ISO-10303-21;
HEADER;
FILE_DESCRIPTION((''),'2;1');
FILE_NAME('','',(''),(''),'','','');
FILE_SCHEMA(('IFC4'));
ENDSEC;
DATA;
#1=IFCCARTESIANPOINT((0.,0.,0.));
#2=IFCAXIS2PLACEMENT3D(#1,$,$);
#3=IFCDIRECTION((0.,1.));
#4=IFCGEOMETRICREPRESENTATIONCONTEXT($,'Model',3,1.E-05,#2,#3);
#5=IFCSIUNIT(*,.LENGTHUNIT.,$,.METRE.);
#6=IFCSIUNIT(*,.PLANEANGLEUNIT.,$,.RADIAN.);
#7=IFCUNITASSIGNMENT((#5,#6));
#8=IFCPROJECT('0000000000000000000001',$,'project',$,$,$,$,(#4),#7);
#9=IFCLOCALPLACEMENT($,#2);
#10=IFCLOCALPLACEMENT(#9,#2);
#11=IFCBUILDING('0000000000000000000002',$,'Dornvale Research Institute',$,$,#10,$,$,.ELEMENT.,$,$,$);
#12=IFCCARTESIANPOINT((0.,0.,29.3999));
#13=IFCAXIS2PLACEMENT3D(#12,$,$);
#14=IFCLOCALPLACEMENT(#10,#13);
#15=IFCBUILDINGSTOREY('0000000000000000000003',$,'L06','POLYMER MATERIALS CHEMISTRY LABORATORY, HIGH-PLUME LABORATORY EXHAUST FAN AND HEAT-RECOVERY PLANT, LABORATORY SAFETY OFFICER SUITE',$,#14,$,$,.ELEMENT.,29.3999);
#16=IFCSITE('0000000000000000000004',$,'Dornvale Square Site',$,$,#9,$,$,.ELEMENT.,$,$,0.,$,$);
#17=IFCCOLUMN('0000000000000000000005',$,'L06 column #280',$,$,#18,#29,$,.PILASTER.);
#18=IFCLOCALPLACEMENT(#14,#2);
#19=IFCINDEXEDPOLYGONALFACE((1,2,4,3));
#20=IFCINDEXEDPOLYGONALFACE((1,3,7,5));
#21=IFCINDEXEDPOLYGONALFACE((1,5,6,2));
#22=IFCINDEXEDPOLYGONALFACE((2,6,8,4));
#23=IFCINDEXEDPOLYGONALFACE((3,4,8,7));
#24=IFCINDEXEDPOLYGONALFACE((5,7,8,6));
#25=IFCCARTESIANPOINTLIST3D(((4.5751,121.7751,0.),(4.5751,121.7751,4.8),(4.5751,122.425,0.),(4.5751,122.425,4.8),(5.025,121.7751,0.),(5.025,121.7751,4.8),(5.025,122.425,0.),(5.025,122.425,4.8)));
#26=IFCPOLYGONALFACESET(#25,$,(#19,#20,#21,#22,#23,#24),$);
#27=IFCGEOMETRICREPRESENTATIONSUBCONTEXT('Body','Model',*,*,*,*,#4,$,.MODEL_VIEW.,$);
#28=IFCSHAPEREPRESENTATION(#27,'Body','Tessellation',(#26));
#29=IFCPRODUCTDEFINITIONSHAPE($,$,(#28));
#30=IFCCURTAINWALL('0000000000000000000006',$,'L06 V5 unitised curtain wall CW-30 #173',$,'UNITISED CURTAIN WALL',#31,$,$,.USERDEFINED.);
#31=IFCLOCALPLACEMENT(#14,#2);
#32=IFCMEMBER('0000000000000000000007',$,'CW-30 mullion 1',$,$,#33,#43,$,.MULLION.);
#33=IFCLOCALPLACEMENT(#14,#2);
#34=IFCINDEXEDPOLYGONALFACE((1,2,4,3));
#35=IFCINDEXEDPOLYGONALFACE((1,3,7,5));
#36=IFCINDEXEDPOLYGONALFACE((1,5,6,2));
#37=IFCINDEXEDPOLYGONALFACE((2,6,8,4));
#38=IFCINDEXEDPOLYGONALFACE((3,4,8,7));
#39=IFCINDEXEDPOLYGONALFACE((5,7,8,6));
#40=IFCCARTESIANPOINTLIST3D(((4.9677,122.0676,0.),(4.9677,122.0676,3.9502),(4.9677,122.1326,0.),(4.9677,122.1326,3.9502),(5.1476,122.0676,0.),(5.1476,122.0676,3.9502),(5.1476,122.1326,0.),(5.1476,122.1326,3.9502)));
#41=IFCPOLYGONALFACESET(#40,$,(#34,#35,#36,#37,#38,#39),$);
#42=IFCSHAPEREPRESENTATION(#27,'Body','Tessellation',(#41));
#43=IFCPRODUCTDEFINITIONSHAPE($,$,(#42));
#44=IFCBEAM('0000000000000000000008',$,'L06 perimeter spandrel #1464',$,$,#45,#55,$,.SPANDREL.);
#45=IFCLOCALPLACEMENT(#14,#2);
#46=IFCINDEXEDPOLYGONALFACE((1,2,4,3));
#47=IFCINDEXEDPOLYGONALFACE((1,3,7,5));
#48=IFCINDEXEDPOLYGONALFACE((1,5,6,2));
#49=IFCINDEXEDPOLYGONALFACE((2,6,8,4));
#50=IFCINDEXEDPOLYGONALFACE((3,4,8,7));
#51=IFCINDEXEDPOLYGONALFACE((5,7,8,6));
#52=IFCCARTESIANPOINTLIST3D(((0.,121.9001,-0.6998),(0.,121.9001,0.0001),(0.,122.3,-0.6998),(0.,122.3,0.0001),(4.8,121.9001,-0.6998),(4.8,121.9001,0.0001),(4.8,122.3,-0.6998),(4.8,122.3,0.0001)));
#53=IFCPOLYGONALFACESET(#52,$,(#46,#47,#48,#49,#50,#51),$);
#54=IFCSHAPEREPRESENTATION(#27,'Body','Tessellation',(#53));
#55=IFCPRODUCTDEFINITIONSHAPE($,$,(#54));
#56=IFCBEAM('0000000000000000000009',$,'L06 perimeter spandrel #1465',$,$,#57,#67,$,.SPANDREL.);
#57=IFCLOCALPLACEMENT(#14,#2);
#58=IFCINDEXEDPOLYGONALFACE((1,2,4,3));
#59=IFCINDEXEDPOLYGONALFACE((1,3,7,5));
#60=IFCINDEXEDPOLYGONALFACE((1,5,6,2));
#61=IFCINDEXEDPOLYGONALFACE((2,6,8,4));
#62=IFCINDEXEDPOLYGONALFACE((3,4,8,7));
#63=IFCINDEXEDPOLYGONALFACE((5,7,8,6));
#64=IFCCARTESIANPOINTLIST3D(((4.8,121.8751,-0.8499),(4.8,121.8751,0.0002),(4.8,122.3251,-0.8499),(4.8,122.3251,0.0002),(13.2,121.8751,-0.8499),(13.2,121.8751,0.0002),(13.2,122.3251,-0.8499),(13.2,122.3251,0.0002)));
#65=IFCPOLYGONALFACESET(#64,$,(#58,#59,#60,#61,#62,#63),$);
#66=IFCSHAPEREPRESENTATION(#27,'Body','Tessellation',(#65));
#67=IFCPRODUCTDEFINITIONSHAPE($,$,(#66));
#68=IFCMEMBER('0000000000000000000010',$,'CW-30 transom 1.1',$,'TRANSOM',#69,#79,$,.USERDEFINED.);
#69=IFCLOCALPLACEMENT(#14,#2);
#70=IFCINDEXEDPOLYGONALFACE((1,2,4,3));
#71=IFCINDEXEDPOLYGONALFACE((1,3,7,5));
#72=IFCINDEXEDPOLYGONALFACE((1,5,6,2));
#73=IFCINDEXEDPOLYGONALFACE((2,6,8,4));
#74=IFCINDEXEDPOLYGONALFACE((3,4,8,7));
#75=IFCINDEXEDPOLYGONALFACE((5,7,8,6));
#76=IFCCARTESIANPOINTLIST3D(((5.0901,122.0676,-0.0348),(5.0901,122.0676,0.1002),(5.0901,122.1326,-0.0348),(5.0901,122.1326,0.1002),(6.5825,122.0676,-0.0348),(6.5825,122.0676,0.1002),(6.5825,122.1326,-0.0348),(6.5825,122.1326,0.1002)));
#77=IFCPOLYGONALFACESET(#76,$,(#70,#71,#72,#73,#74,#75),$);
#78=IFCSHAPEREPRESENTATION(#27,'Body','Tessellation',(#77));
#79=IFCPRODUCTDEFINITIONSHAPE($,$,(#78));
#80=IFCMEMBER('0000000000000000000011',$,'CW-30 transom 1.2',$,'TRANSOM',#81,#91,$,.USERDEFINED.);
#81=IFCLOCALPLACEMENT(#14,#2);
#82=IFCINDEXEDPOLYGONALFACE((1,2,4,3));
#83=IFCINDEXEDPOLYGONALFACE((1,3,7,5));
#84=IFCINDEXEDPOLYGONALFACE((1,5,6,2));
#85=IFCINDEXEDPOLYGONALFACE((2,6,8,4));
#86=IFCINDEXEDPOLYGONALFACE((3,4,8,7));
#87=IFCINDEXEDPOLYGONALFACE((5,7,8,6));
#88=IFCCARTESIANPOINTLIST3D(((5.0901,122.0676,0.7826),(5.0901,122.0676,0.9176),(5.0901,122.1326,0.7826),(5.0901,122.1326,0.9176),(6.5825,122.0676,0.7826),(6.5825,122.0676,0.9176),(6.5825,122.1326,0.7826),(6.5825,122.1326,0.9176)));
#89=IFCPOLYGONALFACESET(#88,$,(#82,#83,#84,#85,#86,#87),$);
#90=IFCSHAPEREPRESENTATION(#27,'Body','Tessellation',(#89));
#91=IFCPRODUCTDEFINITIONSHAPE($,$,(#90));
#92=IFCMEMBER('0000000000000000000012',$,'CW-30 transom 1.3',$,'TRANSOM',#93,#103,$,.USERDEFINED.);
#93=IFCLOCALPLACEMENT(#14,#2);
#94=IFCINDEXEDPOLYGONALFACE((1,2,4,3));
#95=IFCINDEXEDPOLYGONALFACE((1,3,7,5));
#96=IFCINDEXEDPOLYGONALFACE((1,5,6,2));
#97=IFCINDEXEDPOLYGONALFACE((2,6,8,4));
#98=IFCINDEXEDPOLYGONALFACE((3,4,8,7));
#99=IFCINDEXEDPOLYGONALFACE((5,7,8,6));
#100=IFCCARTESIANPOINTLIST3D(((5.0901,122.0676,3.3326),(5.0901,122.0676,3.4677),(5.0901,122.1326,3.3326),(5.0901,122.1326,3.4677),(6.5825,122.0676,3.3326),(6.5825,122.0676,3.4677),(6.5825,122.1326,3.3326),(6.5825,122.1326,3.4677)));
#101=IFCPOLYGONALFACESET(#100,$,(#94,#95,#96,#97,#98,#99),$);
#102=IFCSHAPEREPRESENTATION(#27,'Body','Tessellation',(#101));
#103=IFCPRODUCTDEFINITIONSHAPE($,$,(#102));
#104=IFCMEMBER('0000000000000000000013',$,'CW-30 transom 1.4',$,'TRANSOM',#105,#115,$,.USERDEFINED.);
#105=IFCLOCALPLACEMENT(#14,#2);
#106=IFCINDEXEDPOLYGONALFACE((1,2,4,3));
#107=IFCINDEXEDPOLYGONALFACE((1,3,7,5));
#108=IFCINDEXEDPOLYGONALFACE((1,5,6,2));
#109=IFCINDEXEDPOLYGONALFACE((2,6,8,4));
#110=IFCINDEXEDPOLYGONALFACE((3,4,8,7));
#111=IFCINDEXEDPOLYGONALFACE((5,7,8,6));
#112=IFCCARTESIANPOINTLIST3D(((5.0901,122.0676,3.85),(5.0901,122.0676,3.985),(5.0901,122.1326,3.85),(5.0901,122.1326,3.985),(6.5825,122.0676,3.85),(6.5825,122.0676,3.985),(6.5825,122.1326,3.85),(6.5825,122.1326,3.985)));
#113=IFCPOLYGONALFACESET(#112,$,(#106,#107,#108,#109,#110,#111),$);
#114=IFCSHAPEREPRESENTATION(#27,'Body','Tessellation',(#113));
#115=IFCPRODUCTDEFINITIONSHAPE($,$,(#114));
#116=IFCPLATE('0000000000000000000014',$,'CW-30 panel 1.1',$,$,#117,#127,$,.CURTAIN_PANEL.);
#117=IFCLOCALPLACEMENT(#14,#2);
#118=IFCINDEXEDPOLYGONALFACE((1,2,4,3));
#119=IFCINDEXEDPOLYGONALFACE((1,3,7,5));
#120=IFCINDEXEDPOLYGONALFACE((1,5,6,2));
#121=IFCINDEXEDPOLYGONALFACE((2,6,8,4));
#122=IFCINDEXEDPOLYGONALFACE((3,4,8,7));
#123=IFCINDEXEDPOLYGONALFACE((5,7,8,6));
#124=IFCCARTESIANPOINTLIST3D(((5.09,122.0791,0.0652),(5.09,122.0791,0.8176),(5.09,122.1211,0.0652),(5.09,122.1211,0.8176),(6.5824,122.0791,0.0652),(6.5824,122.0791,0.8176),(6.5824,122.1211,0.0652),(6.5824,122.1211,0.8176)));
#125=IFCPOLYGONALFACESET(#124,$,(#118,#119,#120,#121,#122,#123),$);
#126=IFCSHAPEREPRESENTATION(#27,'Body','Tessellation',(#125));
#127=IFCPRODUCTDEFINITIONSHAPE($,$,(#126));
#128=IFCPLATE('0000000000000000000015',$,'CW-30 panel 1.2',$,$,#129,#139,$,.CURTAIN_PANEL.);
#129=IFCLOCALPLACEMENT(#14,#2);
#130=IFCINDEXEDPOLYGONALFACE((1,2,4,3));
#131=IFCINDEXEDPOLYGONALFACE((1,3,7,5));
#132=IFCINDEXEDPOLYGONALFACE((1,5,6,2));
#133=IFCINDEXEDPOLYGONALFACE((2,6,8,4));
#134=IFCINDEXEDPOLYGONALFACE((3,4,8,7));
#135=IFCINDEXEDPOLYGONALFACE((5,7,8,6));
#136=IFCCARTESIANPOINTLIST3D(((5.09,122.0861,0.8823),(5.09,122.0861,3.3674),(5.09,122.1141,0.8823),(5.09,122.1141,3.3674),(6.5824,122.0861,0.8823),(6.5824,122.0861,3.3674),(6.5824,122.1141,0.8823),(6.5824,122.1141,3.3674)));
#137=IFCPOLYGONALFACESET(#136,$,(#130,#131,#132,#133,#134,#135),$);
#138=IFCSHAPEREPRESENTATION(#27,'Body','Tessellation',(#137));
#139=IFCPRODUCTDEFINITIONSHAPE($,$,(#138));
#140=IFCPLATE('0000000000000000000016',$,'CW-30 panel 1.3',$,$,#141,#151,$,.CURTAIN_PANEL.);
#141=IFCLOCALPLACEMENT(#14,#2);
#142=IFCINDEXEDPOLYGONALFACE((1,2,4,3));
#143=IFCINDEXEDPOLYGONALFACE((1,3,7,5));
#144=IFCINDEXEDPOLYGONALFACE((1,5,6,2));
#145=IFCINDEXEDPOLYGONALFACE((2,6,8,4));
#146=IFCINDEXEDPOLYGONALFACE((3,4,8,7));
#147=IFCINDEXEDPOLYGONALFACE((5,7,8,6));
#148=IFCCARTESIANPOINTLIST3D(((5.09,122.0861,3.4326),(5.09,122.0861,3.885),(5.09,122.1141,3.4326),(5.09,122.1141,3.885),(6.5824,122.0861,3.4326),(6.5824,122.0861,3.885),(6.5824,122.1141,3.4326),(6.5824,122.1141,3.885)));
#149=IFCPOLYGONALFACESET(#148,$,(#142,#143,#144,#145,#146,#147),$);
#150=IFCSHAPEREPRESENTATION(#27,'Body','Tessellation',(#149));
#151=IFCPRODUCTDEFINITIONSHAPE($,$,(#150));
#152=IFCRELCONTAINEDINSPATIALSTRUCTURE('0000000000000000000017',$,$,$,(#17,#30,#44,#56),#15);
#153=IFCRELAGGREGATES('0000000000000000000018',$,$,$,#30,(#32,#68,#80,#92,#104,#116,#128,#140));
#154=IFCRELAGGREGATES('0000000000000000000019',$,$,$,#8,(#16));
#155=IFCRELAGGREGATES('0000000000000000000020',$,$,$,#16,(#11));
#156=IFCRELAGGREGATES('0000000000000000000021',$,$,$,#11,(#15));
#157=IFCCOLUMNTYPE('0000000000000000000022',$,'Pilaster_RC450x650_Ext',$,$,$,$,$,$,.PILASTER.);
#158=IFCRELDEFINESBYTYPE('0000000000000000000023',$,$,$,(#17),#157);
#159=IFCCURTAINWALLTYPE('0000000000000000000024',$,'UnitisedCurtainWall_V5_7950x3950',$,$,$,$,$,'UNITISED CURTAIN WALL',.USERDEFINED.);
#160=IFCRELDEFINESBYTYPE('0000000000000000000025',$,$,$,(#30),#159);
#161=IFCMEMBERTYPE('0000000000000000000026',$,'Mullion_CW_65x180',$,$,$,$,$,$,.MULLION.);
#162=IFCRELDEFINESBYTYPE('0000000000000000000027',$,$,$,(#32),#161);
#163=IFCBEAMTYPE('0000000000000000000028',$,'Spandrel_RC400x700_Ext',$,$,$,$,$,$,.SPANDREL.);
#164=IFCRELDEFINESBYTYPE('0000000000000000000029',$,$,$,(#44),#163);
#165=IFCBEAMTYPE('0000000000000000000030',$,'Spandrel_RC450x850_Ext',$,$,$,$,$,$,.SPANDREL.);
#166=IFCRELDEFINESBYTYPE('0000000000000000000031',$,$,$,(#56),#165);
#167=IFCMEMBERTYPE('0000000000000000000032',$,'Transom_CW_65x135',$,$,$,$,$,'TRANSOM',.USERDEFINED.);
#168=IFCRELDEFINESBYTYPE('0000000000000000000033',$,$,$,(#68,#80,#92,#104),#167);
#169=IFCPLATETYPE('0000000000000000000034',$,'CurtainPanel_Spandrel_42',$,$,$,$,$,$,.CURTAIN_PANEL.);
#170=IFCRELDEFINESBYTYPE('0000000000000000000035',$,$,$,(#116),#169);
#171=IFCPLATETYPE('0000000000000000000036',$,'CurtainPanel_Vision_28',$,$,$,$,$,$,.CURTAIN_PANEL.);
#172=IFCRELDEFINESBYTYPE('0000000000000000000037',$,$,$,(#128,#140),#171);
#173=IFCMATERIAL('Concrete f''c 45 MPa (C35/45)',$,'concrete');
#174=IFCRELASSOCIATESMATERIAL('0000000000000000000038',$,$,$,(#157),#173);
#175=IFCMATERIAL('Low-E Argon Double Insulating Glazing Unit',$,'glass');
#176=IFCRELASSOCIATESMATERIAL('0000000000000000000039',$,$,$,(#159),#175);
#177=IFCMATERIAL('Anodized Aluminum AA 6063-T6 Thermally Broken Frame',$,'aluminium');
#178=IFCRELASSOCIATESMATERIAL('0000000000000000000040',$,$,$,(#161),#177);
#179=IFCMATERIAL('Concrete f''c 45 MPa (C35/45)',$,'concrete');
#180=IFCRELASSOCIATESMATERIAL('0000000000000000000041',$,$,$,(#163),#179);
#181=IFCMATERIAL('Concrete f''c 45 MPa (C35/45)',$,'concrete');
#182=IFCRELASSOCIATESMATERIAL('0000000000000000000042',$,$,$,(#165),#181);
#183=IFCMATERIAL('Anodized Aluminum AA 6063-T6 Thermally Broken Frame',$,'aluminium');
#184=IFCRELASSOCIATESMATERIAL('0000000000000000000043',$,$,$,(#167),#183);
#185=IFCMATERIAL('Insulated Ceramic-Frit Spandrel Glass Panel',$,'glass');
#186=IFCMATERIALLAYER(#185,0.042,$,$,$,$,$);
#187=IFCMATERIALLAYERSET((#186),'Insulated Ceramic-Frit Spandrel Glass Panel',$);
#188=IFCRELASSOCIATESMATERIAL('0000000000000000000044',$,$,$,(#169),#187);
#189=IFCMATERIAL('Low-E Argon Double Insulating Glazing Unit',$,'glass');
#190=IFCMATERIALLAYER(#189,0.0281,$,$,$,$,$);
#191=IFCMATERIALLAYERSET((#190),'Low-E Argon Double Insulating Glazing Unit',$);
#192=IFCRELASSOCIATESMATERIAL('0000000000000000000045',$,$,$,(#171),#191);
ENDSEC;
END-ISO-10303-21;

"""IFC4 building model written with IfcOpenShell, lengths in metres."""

from ifc_helpers import new_model, si_unit, direction, frame, origin, origin_2d, place, context, subcontext, project, spatial, rectangle, extrude, material, layer, layer_set, material_profile, profile_set, type_object, element, aggregate, save


model = new_model("IFC4")

# Units and contexts
model_context = context("Model", 3, precision=1e-05, world=origin(), true_north=direction((0.0, 1.0)))
body_context = subcontext(model_context, "Body", "Model", "MODEL_VIEW")
ifc_project = project(units=[si_unit("LENGTHUNIT", "METRE"), si_unit("PLANEANGLEUNIT", "RADIAN")], contexts=[model_context])

# Site, building, storey
site_placement = place(None, origin())
site = spatial("IfcSite", under=ifc_project, at=site_placement, Name="Dornvale Square Site", CompositionType="ELEMENT", RefElevation=0.0)
building_placement = place(site_placement, origin())
building = spatial("IfcBuilding", under=site, at=building_placement, Name="Dornvale Research Institute", CompositionType="ELEMENT")
storey_placement = place(building_placement, frame((0.0, 0.0, 29.3999)))
storey = spatial("IfcBuildingStorey", under=building, at=storey_placement, Name="L06", Description="POLYMER MATERIALS CHEMISTRY LABORATORY, HIGH-PLUME LABORATORY EXHAUST FAN AND HEAT-RECOVERY PLANT, LABORATORY SAFETY OFFICER SUITE", CompositionType="ELEMENT", Elevation=29.3999)

# Column
ifc_material_1 = material(Name="Concrete f'c 45 MPa (C35/45)", Category="concrete")
ifc_material_profile_1 = material_profile(ifc_material_1, rectangle(XDim=0.45, YDim=0.6499, at=origin_2d()), Name="RC 450x650")
ifc_profile_set_1 = profile_set([ifc_material_profile_1], Name="Concrete f'c 45 MPa (C35/45)")
column_type = type_object("IfcColumnType", Name="Pilaster_RC450x650_Ext", PredefinedType="PILASTER", material=ifc_profile_set_1)
column_placement = place(storey_placement, frame((4.8, 122.1001, 0.0), z_axis=(0.0, 0.0, 1.0), x_axis=(1.0, 0.0, 0.0)))
element("IfcColumn", 1, at=column_placement, inside=storey, type_object=column_type, Name="L06 column #280", PredefinedType="PILASTER", context=body_context, shape_type="SweptSolid", body=[
    extrude(rectangle(XDim=0.45, YDim=0.6499, at=origin_2d()), origin(), (0.0, 0.0, 1.0), 4.8),
])

# Curtain wall, member
ifc_material_2 = material(Name="Low-E Argon Double Insulating Glazing Unit", Category="glass")
curtain_wall_type = type_object("IfcCurtainWallType", Name="UnitisedCurtainWall_V5_7950x3950", ElementType="UNITISED CURTAIN WALL", PredefinedType="USERDEFINED", material=ifc_material_2)
curtain_wall_placement = place(storey_placement, origin())
curtain_wall = element("IfcCurtainWall", 2, at=curtain_wall_placement, inside=storey, type_object=curtain_wall_type, Name="L06 V5 unitised curtain wall CW-30 #173", ObjectType="UNITISED CURTAIN WALL", PredefinedType="USERDEFINED")
ifc_material_3 = material(Name="Anodized Aluminum AA 6063-T6 Thermally Broken Frame", Category="aluminium")
ifc_material_profile_2 = material_profile(ifc_material_3, rectangle(XDim=0.0649, YDim=0.1799, at=origin_2d()), Name="ALU MULLION 65x180")
ifc_profile_set_2 = profile_set([ifc_material_profile_2], Name="Anodized Aluminum AA 6063-T6 Thermally Broken Frame")
member_type_1 = type_object("IfcMemberType", Name="Mullion_CW_65x180", PredefinedType="MULLION", material=ifc_profile_set_2)
member_1_placement = place(storey_placement, frame((5.0576, 122.1001, 0.0), z_axis=(0.0, 0.0, 1.0), x_axis=(0.0, 1.0, 0.0)))
member_1 = element("IfcMember", 3, at=member_1_placement, type_object=member_type_1, Name="CW-30 mullion 1", PredefinedType="MULLION", context=body_context, shape_type="SweptSolid", body=[
    extrude(rectangle(XDim=0.0649, YDim=0.1799, at=origin_2d()), origin(), (0.0, 0.0, 1.0), 3.9502),
])

# Beams
ifc_material_4 = material(Name="Concrete f'c 45 MPa (C35/45)", Category="concrete")
ifc_material_profile_3 = material_profile(ifc_material_4, rectangle(XDim=0.3999, YDim=0.7, at=origin_2d()), Name="RC 400x700")
ifc_profile_set_3 = profile_set([ifc_material_profile_3], Name="Concrete f'c 45 MPa (C35/45)")
beam_type_1 = type_object("IfcBeamType", Name="Spandrel_RC400x700_Ext", PredefinedType="SPANDREL", material=ifc_profile_set_3)
beam_1_placement = place(storey_placement, frame((0.0, 122.1001, -0.3499), z_axis=(1.0, 0.0, 0.0), x_axis=(0.0, 1.0, 0.0)))
element("IfcBeam", 4, at=beam_1_placement, inside=storey, type_object=beam_type_1, Name="L06 perimeter spandrel #1464", PredefinedType="SPANDREL", context=body_context, shape_type="SweptSolid", body=[
    extrude(rectangle(XDim=0.3999, YDim=0.7, at=origin_2d()), origin(), (0.0, 0.0, 1.0), 4.8),
])
ifc_material_5 = material(Name="Concrete f'c 45 MPa (C35/45)", Category="concrete")
ifc_material_profile_4 = material_profile(ifc_material_5, rectangle(XDim=0.45, YDim=0.8501, at=origin_2d()), Name="RC 450x850")
ifc_profile_set_4 = profile_set([ifc_material_profile_4], Name="Concrete f'c 45 MPa (C35/45)")
beam_type_2 = type_object("IfcBeamType", Name="Spandrel_RC450x850_Ext", PredefinedType="SPANDREL", material=ifc_profile_set_4)
beam_2_placement = place(storey_placement, frame((4.8, 122.1001, -0.4248), z_axis=(1.0, 0.0, 0.0), x_axis=(0.0, 1.0, 0.0)))
element("IfcBeam", 5, at=beam_2_placement, inside=storey, type_object=beam_type_2, Name="L06 perimeter spandrel #1465", PredefinedType="SPANDREL", context=body_context, shape_type="SweptSolid", body=[
    extrude(rectangle(XDim=0.45, YDim=0.8501, at=origin_2d()), origin(), (0.0, 0.0, 1.0), 8.3999),
])

# Members
ifc_material_6 = material(Name="Anodized Aluminum AA 6063-T6 Thermally Broken Frame", Category="aluminium")
ifc_material_profile_5 = material_profile(ifc_material_6, rectangle(XDim=0.0649, YDim=0.135, at=origin_2d()), Name="ALU TRANSOM 65x135")
ifc_profile_set_5 = profile_set([ifc_material_profile_5], Name="Anodized Aluminum AA 6063-T6 Thermally Broken Frame")
member_type_2 = type_object("IfcMemberType", Name="Transom_CW_65x135", ElementType="TRANSOM", PredefinedType="USERDEFINED", material=ifc_profile_set_5)
member_2_placement = place(storey_placement, frame((5.0901, 122.1001, 0.0327), z_axis=(1.0, 0.0, 0.0), x_axis=(0.0, 1.0, 0.0)))
member_2 = element("IfcMember", 6, at=member_2_placement, type_object=member_type_2, Name="CW-30 transom 1.1", ObjectType="TRANSOM", PredefinedType="USERDEFINED", context=body_context, shape_type="SweptSolid", body=[
    extrude(rectangle(XDim=0.0649, YDim=0.135, at=origin_2d()), origin(), (0.0, 0.0, 1.0), 1.4924),
])
member_3_placement = place(storey_placement, frame((5.0901, 122.1001, 0.8501), z_axis=(1.0, 0.0, 0.0), x_axis=(0.0, 1.0, 0.0)))
member_3 = element("IfcMember", 7, at=member_3_placement, type_object=member_type_2, Name="CW-30 transom 1.2", ObjectType="TRANSOM", PredefinedType="USERDEFINED", context=body_context, shape_type="SweptSolid", body=[
    extrude(rectangle(XDim=0.0649, YDim=0.135, at=origin_2d()), origin(), (0.0, 0.0, 1.0), 1.4924),
])
member_4_placement = place(storey_placement, frame((5.0901, 122.1001, 3.4001), z_axis=(1.0, 0.0, 0.0), x_axis=(0.0, 1.0, 0.0)))
member_4 = element("IfcMember", 8, at=member_4_placement, type_object=member_type_2, Name="CW-30 transom 1.3", ObjectType="TRANSOM", PredefinedType="USERDEFINED", context=body_context, shape_type="SweptSolid", body=[
    extrude(rectangle(XDim=0.0649, YDim=0.135, at=origin_2d()), origin(), (0.0, 0.0, 1.0), 1.4924),
])
member_5_placement = place(storey_placement, frame((5.0901, 122.1001, 3.9175), z_axis=(1.0, 0.0, 0.0), x_axis=(0.0, 1.0, 0.0)))
member_5 = element("IfcMember", 9, at=member_5_placement, type_object=member_type_2, Name="CW-30 transom 1.4", ObjectType="TRANSOM", PredefinedType="USERDEFINED", context=body_context, shape_type="SweptSolid", body=[
    extrude(rectangle(XDim=0.0649, YDim=0.135, at=origin_2d()), origin(), (0.0, 0.0, 1.0), 1.4924),
])

# Plates
ifc_material_7 = material(Name="Insulated Ceramic-Frit Spandrel Glass Panel", Category="glass")
ifc_layer_1 = layer(ifc_material_7, 0.042)
ifc_layer_set_1 = layer_set([ifc_layer_1], Name="Insulated Ceramic-Frit Spandrel Glass Panel")
plate_type_1 = type_object("IfcPlateType", Name="CurtainPanel_Spandrel_42", PredefinedType="CURTAIN_PANEL", material=ifc_layer_set_1)
plate_1_placement = place(storey_placement, frame((5.8362, 122.1001, 0.0652), z_axis=(0.0, 0.0, 1.0), x_axis=(1.0, 0.0, 0.0)))
plate_1 = element("IfcPlate", 10, at=plate_1_placement, type_object=plate_type_1, Name="CW-30 panel 1.1", PredefinedType="CURTAIN_PANEL", context=body_context, shape_type="SweptSolid", body=[
    extrude(rectangle(XDim=1.4924, YDim=0.042, at=origin_2d()), origin(), (0.0, 0.0, 1.0), 0.7524),
])
ifc_material_8 = material(Name="Low-E Argon Double Insulating Glazing Unit", Category="glass")
ifc_layer_2 = layer(ifc_material_8, 0.0281)
ifc_layer_set_2 = layer_set([ifc_layer_2], Name="Low-E Argon Double Insulating Glazing Unit")
plate_type_2 = type_object("IfcPlateType", Name="CurtainPanel_Vision_28", PredefinedType="CURTAIN_PANEL", material=ifc_layer_set_2)
plate_2_placement = place(storey_placement, frame((5.8362, 122.1001, 0.8823), z_axis=(0.0, 0.0, 1.0), x_axis=(1.0, 0.0, 0.0)))
plate_2 = element("IfcPlate", 11, at=plate_2_placement, type_object=plate_type_2, Name="CW-30 panel 1.2", PredefinedType="CURTAIN_PANEL", context=body_context, shape_type="SweptSolid", body=[
    extrude(rectangle(XDim=1.4924, YDim=0.0281, at=origin_2d()), origin(), (0.0, 0.0, 1.0), 2.4851),
])
plate_3_placement = place(storey_placement, frame((5.8362, 122.1001, 3.4326), z_axis=(0.0, 0.0, 1.0), x_axis=(1.0, 0.0, 0.0)))
plate_3 = element("IfcPlate", 12, at=plate_3_placement, type_object=plate_type_2, Name="CW-30 panel 1.3", PredefinedType="CURTAIN_PANEL", context=body_context, shape_type="SweptSolid", body=[
    extrude(rectangle(XDim=1.4924, YDim=0.0281, at=origin_2d()), origin(), (0.0, 0.0, 1.0), 0.4524),
])
aggregate(curtain_wall, [member_1, member_2, member_3, member_4, member_5, plate_1, plate_2, plate_3])

save(model, "model.ifc")
